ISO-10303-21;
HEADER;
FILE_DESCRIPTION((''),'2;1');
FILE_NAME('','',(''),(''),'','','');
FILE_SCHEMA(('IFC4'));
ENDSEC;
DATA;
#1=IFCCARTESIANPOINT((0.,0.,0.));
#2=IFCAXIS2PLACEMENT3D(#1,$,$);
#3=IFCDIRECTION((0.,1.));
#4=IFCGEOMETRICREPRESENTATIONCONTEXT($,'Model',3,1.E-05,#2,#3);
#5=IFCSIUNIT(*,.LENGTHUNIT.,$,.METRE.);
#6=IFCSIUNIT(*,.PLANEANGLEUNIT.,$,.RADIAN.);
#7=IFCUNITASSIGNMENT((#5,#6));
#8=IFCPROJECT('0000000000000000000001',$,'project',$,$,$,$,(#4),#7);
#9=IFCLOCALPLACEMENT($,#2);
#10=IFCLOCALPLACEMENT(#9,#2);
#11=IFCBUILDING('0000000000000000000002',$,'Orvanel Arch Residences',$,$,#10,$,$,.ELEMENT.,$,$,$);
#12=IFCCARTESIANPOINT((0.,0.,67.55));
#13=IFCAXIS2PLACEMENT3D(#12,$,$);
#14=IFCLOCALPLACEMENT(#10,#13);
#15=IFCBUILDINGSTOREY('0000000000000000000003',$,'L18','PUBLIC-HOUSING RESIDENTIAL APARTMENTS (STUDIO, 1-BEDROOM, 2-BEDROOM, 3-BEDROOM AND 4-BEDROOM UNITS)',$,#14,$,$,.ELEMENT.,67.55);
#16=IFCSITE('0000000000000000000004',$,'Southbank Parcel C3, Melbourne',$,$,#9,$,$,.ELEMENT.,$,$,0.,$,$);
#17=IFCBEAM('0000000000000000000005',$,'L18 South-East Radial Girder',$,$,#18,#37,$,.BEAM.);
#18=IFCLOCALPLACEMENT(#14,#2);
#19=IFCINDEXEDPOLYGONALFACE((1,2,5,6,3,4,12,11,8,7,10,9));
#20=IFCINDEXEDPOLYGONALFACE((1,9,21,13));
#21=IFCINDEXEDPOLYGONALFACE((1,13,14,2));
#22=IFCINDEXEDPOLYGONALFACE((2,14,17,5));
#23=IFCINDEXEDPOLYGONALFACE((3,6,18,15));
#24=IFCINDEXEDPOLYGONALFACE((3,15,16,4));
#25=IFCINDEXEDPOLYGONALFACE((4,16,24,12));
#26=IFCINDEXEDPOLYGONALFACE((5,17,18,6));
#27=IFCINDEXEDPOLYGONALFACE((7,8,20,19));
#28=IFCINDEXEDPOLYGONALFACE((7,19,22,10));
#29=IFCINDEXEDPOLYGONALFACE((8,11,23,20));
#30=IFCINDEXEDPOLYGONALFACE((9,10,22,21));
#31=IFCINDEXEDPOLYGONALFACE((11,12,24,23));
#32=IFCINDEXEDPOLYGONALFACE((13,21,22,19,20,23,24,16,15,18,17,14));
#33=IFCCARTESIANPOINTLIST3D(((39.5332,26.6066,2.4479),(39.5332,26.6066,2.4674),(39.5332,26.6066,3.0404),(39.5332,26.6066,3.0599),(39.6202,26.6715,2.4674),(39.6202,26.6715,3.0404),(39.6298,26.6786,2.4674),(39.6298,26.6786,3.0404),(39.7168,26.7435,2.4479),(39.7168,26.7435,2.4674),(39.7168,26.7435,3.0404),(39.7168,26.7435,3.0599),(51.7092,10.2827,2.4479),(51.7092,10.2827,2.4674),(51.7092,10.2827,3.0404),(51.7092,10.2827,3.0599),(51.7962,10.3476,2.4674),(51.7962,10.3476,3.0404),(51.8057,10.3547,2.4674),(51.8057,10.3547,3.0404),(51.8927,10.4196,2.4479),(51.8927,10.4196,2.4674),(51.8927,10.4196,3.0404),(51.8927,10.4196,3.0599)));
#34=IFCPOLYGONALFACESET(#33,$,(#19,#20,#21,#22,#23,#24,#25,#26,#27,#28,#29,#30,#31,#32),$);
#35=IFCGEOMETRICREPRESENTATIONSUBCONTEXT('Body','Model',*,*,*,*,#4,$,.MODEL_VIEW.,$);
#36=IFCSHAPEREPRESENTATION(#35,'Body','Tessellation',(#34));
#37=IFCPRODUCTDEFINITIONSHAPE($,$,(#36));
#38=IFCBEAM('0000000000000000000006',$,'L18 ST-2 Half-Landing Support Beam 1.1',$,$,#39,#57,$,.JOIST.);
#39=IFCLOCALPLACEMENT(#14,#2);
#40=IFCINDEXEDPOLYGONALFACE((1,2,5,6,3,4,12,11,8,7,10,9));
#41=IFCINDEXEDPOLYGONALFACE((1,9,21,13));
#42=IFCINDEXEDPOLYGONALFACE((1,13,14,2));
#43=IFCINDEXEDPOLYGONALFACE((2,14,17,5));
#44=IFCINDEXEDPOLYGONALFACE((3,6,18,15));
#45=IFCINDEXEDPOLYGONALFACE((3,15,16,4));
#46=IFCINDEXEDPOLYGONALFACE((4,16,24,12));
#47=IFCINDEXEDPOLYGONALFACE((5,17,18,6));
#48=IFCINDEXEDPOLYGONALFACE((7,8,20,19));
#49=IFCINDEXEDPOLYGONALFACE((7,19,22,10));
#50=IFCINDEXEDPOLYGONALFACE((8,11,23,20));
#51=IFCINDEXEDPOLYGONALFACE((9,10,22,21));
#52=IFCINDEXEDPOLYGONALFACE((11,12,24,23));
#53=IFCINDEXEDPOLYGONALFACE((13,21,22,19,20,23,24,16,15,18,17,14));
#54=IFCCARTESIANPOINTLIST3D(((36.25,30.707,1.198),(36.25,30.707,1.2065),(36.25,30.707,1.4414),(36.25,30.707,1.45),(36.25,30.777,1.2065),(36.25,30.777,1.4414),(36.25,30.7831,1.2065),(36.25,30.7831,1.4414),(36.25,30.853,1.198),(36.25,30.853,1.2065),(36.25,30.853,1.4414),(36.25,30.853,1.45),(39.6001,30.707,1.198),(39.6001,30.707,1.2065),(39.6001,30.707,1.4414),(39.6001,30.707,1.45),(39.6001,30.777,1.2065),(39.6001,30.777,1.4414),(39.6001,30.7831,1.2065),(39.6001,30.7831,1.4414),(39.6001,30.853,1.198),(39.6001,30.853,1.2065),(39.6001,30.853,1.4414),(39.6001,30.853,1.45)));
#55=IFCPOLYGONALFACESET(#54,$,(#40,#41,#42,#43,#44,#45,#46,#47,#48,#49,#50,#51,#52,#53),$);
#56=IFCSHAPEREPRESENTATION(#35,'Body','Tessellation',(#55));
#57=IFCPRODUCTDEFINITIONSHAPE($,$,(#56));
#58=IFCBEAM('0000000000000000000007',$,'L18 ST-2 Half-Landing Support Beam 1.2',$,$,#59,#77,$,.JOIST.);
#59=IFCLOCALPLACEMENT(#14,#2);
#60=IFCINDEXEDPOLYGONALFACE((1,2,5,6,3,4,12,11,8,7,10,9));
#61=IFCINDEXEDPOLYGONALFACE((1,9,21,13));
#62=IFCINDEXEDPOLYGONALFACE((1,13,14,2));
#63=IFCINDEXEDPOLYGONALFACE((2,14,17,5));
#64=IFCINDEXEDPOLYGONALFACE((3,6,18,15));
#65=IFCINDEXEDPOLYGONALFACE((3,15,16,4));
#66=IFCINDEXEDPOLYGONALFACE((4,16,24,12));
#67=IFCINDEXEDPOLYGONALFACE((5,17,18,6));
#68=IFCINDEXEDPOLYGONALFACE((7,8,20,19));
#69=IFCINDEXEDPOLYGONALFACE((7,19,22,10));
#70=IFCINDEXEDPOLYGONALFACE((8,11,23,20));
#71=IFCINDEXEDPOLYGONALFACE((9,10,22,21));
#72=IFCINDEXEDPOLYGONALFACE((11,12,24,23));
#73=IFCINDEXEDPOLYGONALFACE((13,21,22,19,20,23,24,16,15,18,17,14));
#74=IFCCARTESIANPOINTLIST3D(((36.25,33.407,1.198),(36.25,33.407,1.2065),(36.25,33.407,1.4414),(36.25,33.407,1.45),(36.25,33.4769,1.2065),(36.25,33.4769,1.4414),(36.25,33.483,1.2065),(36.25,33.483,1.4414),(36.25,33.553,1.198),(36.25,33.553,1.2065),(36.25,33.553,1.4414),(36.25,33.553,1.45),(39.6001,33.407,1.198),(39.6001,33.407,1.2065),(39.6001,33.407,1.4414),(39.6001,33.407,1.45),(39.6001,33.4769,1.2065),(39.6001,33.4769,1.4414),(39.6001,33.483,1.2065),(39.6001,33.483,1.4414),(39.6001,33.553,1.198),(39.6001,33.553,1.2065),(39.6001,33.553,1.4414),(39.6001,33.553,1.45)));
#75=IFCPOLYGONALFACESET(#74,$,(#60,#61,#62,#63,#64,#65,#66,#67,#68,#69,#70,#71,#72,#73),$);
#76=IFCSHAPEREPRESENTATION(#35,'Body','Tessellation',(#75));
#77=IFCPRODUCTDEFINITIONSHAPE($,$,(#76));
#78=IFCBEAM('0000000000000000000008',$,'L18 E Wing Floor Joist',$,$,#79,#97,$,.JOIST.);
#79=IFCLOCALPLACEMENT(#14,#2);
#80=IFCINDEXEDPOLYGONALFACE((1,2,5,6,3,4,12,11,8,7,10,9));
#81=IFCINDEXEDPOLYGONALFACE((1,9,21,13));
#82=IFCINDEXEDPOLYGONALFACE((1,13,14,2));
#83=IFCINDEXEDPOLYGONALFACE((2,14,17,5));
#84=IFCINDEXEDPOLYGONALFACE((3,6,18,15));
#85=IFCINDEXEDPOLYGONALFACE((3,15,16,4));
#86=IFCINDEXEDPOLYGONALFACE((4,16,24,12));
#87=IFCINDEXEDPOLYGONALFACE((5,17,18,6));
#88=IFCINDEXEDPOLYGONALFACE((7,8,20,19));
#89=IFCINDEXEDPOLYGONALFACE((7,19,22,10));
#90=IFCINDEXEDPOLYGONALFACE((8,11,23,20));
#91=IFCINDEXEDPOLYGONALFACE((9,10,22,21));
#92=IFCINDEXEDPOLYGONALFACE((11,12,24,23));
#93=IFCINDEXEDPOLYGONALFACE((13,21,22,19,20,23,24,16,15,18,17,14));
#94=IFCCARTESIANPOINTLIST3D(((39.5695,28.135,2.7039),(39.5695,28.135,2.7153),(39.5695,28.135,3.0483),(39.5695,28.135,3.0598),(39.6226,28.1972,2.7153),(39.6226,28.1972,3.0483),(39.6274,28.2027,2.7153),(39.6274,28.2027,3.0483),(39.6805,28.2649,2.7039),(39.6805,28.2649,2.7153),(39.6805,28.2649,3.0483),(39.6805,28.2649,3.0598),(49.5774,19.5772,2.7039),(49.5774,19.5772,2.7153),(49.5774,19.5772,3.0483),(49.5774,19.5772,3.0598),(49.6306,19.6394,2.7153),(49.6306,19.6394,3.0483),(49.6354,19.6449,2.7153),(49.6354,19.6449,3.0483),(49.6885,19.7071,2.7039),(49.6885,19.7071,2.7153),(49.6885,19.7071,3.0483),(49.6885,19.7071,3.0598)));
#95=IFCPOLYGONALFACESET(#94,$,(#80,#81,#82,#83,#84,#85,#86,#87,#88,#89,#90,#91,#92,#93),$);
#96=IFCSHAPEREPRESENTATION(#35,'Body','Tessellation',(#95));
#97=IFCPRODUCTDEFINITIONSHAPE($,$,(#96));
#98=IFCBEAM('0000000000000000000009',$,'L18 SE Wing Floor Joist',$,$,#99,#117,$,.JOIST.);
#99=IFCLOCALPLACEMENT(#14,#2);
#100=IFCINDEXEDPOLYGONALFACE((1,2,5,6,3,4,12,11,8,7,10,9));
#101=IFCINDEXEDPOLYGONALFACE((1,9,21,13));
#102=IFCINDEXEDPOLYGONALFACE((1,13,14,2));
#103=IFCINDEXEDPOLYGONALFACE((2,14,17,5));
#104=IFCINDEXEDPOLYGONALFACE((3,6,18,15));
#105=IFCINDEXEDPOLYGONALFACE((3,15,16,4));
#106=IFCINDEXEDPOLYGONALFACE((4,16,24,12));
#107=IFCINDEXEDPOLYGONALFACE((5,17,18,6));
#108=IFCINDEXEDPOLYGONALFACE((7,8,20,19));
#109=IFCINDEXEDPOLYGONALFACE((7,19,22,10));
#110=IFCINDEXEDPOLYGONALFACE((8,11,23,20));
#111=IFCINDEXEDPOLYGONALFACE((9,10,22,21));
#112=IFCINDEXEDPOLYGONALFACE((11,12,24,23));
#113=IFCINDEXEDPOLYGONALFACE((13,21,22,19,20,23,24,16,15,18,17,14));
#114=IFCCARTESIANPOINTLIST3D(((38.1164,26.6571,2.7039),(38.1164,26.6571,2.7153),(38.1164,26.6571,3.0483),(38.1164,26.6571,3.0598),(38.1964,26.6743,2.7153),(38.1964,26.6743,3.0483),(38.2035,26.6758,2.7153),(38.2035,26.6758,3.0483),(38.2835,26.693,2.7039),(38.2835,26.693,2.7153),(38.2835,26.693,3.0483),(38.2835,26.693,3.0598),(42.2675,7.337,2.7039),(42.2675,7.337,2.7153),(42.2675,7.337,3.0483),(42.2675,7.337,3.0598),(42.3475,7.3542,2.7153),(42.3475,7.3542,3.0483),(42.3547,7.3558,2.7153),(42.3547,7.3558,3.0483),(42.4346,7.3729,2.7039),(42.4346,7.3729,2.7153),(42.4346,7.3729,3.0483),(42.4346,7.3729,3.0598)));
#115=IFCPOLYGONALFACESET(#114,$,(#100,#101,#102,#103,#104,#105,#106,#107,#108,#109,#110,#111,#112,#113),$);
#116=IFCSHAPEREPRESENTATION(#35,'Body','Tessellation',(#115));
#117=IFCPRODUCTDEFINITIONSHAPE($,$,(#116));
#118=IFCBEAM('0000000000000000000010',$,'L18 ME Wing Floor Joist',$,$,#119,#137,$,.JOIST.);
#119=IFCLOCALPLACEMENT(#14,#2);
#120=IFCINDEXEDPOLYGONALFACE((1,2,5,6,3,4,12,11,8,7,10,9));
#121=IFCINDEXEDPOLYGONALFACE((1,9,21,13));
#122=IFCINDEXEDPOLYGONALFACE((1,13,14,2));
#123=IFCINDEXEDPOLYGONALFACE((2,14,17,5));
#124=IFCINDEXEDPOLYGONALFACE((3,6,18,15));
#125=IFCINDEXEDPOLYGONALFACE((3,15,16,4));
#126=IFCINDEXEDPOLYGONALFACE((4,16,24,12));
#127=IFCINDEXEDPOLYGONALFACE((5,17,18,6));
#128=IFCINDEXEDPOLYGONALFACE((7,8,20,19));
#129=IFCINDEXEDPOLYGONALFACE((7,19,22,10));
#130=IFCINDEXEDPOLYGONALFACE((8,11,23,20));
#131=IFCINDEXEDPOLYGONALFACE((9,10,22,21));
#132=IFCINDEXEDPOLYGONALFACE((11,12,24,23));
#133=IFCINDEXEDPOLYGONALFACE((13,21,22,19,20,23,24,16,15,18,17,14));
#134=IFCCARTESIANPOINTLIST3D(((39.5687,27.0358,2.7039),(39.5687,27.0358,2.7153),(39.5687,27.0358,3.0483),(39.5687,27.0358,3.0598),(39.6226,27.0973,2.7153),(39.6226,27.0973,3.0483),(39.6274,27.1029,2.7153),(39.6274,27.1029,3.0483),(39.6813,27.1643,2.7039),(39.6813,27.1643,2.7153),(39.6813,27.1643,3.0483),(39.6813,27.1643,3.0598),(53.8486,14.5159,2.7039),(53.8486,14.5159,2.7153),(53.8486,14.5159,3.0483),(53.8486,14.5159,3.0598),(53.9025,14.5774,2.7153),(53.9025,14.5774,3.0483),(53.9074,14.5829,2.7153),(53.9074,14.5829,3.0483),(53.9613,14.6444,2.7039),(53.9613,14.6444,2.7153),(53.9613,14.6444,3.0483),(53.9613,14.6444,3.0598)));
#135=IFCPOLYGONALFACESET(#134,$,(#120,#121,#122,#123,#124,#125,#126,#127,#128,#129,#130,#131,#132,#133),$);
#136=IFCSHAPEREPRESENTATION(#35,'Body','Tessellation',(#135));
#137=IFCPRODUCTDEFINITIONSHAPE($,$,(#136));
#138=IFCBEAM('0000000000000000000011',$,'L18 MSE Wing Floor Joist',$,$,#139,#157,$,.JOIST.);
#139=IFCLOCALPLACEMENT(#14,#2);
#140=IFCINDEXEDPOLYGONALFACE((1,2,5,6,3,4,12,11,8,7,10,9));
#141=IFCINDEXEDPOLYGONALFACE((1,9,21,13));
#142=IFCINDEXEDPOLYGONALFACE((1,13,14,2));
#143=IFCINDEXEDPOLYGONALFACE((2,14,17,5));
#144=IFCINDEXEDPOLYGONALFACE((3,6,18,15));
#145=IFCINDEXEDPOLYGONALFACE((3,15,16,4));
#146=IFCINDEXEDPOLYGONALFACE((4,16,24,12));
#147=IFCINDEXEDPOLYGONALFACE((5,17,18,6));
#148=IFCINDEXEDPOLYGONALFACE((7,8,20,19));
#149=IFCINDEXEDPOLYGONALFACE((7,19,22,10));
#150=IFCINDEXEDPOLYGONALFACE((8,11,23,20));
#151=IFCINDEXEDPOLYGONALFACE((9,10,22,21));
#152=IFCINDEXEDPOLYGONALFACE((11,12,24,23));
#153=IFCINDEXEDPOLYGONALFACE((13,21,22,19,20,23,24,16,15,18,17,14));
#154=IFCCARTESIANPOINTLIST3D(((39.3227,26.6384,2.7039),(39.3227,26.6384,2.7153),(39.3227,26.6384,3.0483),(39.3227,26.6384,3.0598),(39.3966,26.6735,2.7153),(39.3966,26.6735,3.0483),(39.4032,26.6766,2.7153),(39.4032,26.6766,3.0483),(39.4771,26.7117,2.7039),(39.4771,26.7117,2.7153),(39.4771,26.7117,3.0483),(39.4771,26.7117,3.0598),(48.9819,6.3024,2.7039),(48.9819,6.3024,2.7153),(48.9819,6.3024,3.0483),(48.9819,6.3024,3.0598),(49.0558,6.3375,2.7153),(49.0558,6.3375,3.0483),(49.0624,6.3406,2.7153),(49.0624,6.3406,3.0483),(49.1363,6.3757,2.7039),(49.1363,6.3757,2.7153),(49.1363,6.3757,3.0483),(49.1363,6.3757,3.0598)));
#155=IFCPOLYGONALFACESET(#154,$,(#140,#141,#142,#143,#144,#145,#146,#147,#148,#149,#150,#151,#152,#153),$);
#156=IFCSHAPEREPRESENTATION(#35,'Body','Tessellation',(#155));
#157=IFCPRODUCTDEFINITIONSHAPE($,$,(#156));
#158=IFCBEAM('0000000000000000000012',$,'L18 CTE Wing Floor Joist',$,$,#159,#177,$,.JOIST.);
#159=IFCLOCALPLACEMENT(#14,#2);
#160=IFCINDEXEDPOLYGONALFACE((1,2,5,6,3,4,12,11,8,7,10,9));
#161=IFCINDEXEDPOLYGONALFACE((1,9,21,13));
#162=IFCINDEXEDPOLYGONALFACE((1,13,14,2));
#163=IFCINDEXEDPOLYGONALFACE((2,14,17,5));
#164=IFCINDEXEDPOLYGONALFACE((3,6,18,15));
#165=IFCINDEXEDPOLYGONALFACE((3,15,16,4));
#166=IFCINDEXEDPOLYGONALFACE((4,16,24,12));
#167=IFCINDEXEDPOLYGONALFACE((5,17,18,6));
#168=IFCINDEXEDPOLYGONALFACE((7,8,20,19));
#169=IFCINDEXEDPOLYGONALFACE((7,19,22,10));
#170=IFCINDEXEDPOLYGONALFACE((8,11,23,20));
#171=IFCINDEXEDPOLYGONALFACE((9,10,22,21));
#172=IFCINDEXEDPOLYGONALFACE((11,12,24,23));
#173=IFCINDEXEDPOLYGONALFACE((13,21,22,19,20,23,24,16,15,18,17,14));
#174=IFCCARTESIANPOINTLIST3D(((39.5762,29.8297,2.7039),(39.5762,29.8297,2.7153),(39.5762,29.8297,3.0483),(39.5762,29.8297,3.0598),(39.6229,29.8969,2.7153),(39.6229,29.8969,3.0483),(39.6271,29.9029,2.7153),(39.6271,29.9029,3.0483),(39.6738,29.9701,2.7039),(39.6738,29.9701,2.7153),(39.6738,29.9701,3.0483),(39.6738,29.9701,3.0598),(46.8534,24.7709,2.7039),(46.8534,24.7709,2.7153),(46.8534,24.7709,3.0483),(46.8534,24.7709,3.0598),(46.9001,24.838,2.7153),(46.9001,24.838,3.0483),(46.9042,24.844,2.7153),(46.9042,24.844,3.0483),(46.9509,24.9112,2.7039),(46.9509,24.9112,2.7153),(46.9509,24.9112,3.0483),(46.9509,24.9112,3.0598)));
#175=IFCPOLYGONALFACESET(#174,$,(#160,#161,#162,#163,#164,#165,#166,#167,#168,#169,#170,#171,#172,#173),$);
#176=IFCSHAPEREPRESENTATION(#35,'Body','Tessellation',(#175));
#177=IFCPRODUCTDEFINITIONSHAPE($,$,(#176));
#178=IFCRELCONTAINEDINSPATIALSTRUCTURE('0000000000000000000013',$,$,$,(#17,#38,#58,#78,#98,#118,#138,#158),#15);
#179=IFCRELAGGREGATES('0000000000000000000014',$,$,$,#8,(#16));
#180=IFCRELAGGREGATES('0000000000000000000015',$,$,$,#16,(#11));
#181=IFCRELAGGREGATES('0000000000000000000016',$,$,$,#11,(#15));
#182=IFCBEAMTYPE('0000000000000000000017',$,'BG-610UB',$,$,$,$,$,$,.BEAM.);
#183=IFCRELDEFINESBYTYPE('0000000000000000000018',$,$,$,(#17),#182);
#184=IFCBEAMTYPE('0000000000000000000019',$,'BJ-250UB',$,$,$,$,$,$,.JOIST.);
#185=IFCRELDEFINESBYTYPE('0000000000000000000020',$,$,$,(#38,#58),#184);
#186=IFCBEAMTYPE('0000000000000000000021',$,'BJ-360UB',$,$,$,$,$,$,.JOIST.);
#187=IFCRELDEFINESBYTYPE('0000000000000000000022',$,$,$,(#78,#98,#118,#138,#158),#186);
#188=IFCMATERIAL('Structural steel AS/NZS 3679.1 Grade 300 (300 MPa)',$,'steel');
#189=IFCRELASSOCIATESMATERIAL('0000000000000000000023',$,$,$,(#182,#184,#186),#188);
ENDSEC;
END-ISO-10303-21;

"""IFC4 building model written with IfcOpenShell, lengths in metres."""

from ifc_helpers import new_model, si_unit, direction, frame, origin, origin_2d, place, context, subcontext, project, spatial, i_section, extrude, material, material_profile, profile_set, type_object, element, save


model = new_model("IFC4")

# Units and contexts
model_context = context("Model", 3, precision=1e-05, world=origin(), true_north=direction((0.0, 1.0)))
body_context = subcontext(model_context, "Body", "Model", "MODEL_VIEW")
ifc_project = project(units=[si_unit("LENGTHUNIT", "METRE"), si_unit("PLANEANGLEUNIT", "RADIAN")], contexts=[model_context])

# Site, building, storey
site_placement = place(None, origin())
site = spatial("IfcSite", under=ifc_project, at=site_placement, Name="Southbank Parcel C3, Melbourne", CompositionType="ELEMENT", RefElevation=0.0)
building_placement = place(site_placement, origin())
building = spatial("IfcBuilding", under=site, at=building_placement, Name="Orvanel Arch Residences", CompositionType="ELEMENT")
storey_placement = place(building_placement, frame((0.0, 0.0, 67.55)))
storey = spatial("IfcBuildingStorey", under=building, at=storey_placement, Name="L18", Description="PUBLIC-HOUSING RESIDENTIAL APARTMENTS (STUDIO, 1-BEDROOM, 2-BEDROOM, 3-BEDROOM AND 4-BEDROOM UNITS)", CompositionType="ELEMENT", Elevation=67.55)

# Beams
ifc_material_1 = material(Name="Structural steel AS/NZS 3679.1 Grade 300 (300 MPa)", Category="steel")
ifc_material_profile_1 = material_profile(ifc_material_1, i_section(OverallWidth=0.229, OverallDepth=0.6121, WebThickness=0.012, FlangeThickness=0.0195, at=origin_2d()), Name="610UB125")
ifc_profile_set_1 = profile_set([ifc_material_profile_1], Name="Structural steel AS/NZS 3679.1 Grade 300 (300 MPa)")
beam_type_1 = type_object("IfcBeamType", Name="BG-610UB", PredefinedType="BEAM", material=ifc_profile_set_1)
beam_1_placement = place(storey_placement, frame((39.625, 26.675, 2.7539), z_axis=(0.597894, -0.801575, 0.0), x_axis=(0.801575, 0.597894, 0.0)))
element("IfcBeam", 1, at=beam_1_placement, inside=storey, type_object=beam_type_1, Name="L18 South-East Radial Girder", PredefinedType="BEAM", context=body_context, shape_type="SweptSolid", body=[
    extrude(i_section(OverallWidth=0.229, OverallDepth=0.6121, WebThickness=0.012, FlangeThickness=0.0195, at=origin_2d()), origin(), (0.0, 0.0, 1.0), 20.3647),
])
ifc_material_profile_2 = material_profile(ifc_material_1, i_section(OverallWidth=0.146, OverallDepth=0.252, WebThickness=0.0061, FlangeThickness=0.0085, at=origin_2d()), Name="250UB31.4")
ifc_profile_set_2 = profile_set([ifc_material_profile_2], Name="Structural steel AS/NZS 3679.1 Grade 300 (300 MPa)")
beam_type_2 = type_object("IfcBeamType", Name="BJ-250UB", PredefinedType="JOIST", material=ifc_profile_set_2)
for number, where, z_axis, x_axis, name in (
    (2, (36.25, 30.78, 1.324), (1.0, 0.0, 0.0), (0.0, 1.0, 0.0), "L18 ST-2 Half-Landing Support Beam 1.1"),
    (3, (36.25, 33.48, 1.324), (1.0, 0.0, 0.0), (0.0, 1.0, 0.0), "L18 ST-2 Half-Landing Support Beam 1.2"),
):
    element("IfcBeam", number, at=place(storey_placement, frame(where, z_axis=z_axis, x_axis=x_axis)), inside=storey, type_object=beam_type_2, Name=name, PredefinedType="JOIST", context=body_context, shape_type="SweptSolid", body=[
        extrude(i_section(OverallWidth=0.146, OverallDepth=0.252, WebThickness=0.0061, FlangeThickness=0.0085, at=origin_2d()), origin(), (0.0, 0.0, 1.0), 3.3501),
    ])
ifc_material_profile_3 = material_profile(ifc_material_1, i_section(OverallWidth=0.1709, OverallDepth=0.356, WebThickness=0.0073, FlangeThickness=0.0115, at=origin_2d()), Name="360UB50.7")
ifc_profile_set_3 = profile_set([ifc_material_profile_3], Name="Structural steel AS/NZS 3679.1 Grade 300 (300 MPa)")
beam_type_3 = type_object("IfcBeamType", Name="BJ-360UB", PredefinedType="JOIST", material=ifc_profile_set_3)
beam_2_placement = place(storey_placement, frame((39.625, 28.2, 2.8818), z_axis=(0.760024, -0.649895, 0.0), x_axis=(0.649895, 0.760024, 0.0)))
element("IfcBeam", 4, at=beam_2_placement, inside=storey, type_object=beam_type_3, Name="L18 E Wing Floor Joist", PredefinedType="JOIST", context=body_context, shape_type="SweptSolid", body=[
    extrude(i_section(OverallWidth=0.1709, OverallDepth=0.356, WebThickness=0.0073, FlangeThickness=0.0115, at=origin_2d()), origin(), (0.0, 0.0, 1.0), 13.168),
])
beam_3_placement = place(storey_placement, frame((38.2, 26.675, 2.8818), z_axis=(0.210067, -0.977687, 0.0), x_axis=(0.977687, 0.210067, 0.0)))
element("IfcBeam", 5, at=beam_3_placement, inside=storey, type_object=beam_type_3, Name="L18 SE Wing Floor Joist", PredefinedType="JOIST", context=body_context, shape_type="SweptSolid", body=[
    extrude(i_section(OverallWidth=0.1709, OverallDepth=0.356, WebThickness=0.0073, FlangeThickness=0.0115, at=origin_2d()), origin(), (0.0, 0.0, 1.0), 19.761),
])
beam_4_placement = place(storey_placement, frame((39.625, 27.1001, 2.8818), z_axis=(0.751924, -0.65925, 0.0), x_axis=(0.65925, 0.751924, 0.0)))
element("IfcBeam", 6, at=beam_4_placement, inside=storey, type_object=beam_type_3, Name="L18 ME Wing Floor Joist", PredefinedType="JOIST", context=body_context, shape_type="SweptSolid", body=[
    extrude(i_section(OverallWidth=0.1709, OverallDepth=0.356, WebThickness=0.0073, FlangeThickness=0.0115, at=origin_2d()), origin(), (0.0, 0.0, 1.0), 18.9912),
])
beam_5_placement = place(storey_placement, frame((39.3999, 26.675, 2.8818), z_axis=(0.429043, -0.903284, 0.0), x_axis=(0.903284, 0.429043, 0.0)))
element("IfcBeam", 7, at=beam_5_placement, inside=storey, type_object=beam_type_3, Name="L18 MSE Wing Floor Joist", PredefinedType="JOIST", context=body_context, shape_type="SweptSolid", body=[
    extrude(i_section(OverallWidth=0.1709, OverallDepth=0.356, WebThickness=0.0073, FlangeThickness=0.0115, at=origin_2d()), origin(), (0.0, 0.0, 1.0), 22.5134),
])
beam_6_placement = place(storey_placement, frame((39.625, 29.8999, 2.8818), z_axis=(0.82109, -0.570799, 0.0), x_axis=(0.570799, 0.82109, 0.0)))
element("IfcBeam", 8, at=beam_6_placement, inside=storey, type_object=beam_type_3, Name="L18 CTE Wing Floor Joist", PredefinedType="JOIST", context=body_context, shape_type="SweptSolid", body=[
    extrude(i_section(OverallWidth=0.1709, OverallDepth=0.356, WebThickness=0.0073, FlangeThickness=0.0115, at=origin_2d()), origin(), (0.0, 0.0, 1.0), 8.8628),
])

save(model, "model.ifc")
